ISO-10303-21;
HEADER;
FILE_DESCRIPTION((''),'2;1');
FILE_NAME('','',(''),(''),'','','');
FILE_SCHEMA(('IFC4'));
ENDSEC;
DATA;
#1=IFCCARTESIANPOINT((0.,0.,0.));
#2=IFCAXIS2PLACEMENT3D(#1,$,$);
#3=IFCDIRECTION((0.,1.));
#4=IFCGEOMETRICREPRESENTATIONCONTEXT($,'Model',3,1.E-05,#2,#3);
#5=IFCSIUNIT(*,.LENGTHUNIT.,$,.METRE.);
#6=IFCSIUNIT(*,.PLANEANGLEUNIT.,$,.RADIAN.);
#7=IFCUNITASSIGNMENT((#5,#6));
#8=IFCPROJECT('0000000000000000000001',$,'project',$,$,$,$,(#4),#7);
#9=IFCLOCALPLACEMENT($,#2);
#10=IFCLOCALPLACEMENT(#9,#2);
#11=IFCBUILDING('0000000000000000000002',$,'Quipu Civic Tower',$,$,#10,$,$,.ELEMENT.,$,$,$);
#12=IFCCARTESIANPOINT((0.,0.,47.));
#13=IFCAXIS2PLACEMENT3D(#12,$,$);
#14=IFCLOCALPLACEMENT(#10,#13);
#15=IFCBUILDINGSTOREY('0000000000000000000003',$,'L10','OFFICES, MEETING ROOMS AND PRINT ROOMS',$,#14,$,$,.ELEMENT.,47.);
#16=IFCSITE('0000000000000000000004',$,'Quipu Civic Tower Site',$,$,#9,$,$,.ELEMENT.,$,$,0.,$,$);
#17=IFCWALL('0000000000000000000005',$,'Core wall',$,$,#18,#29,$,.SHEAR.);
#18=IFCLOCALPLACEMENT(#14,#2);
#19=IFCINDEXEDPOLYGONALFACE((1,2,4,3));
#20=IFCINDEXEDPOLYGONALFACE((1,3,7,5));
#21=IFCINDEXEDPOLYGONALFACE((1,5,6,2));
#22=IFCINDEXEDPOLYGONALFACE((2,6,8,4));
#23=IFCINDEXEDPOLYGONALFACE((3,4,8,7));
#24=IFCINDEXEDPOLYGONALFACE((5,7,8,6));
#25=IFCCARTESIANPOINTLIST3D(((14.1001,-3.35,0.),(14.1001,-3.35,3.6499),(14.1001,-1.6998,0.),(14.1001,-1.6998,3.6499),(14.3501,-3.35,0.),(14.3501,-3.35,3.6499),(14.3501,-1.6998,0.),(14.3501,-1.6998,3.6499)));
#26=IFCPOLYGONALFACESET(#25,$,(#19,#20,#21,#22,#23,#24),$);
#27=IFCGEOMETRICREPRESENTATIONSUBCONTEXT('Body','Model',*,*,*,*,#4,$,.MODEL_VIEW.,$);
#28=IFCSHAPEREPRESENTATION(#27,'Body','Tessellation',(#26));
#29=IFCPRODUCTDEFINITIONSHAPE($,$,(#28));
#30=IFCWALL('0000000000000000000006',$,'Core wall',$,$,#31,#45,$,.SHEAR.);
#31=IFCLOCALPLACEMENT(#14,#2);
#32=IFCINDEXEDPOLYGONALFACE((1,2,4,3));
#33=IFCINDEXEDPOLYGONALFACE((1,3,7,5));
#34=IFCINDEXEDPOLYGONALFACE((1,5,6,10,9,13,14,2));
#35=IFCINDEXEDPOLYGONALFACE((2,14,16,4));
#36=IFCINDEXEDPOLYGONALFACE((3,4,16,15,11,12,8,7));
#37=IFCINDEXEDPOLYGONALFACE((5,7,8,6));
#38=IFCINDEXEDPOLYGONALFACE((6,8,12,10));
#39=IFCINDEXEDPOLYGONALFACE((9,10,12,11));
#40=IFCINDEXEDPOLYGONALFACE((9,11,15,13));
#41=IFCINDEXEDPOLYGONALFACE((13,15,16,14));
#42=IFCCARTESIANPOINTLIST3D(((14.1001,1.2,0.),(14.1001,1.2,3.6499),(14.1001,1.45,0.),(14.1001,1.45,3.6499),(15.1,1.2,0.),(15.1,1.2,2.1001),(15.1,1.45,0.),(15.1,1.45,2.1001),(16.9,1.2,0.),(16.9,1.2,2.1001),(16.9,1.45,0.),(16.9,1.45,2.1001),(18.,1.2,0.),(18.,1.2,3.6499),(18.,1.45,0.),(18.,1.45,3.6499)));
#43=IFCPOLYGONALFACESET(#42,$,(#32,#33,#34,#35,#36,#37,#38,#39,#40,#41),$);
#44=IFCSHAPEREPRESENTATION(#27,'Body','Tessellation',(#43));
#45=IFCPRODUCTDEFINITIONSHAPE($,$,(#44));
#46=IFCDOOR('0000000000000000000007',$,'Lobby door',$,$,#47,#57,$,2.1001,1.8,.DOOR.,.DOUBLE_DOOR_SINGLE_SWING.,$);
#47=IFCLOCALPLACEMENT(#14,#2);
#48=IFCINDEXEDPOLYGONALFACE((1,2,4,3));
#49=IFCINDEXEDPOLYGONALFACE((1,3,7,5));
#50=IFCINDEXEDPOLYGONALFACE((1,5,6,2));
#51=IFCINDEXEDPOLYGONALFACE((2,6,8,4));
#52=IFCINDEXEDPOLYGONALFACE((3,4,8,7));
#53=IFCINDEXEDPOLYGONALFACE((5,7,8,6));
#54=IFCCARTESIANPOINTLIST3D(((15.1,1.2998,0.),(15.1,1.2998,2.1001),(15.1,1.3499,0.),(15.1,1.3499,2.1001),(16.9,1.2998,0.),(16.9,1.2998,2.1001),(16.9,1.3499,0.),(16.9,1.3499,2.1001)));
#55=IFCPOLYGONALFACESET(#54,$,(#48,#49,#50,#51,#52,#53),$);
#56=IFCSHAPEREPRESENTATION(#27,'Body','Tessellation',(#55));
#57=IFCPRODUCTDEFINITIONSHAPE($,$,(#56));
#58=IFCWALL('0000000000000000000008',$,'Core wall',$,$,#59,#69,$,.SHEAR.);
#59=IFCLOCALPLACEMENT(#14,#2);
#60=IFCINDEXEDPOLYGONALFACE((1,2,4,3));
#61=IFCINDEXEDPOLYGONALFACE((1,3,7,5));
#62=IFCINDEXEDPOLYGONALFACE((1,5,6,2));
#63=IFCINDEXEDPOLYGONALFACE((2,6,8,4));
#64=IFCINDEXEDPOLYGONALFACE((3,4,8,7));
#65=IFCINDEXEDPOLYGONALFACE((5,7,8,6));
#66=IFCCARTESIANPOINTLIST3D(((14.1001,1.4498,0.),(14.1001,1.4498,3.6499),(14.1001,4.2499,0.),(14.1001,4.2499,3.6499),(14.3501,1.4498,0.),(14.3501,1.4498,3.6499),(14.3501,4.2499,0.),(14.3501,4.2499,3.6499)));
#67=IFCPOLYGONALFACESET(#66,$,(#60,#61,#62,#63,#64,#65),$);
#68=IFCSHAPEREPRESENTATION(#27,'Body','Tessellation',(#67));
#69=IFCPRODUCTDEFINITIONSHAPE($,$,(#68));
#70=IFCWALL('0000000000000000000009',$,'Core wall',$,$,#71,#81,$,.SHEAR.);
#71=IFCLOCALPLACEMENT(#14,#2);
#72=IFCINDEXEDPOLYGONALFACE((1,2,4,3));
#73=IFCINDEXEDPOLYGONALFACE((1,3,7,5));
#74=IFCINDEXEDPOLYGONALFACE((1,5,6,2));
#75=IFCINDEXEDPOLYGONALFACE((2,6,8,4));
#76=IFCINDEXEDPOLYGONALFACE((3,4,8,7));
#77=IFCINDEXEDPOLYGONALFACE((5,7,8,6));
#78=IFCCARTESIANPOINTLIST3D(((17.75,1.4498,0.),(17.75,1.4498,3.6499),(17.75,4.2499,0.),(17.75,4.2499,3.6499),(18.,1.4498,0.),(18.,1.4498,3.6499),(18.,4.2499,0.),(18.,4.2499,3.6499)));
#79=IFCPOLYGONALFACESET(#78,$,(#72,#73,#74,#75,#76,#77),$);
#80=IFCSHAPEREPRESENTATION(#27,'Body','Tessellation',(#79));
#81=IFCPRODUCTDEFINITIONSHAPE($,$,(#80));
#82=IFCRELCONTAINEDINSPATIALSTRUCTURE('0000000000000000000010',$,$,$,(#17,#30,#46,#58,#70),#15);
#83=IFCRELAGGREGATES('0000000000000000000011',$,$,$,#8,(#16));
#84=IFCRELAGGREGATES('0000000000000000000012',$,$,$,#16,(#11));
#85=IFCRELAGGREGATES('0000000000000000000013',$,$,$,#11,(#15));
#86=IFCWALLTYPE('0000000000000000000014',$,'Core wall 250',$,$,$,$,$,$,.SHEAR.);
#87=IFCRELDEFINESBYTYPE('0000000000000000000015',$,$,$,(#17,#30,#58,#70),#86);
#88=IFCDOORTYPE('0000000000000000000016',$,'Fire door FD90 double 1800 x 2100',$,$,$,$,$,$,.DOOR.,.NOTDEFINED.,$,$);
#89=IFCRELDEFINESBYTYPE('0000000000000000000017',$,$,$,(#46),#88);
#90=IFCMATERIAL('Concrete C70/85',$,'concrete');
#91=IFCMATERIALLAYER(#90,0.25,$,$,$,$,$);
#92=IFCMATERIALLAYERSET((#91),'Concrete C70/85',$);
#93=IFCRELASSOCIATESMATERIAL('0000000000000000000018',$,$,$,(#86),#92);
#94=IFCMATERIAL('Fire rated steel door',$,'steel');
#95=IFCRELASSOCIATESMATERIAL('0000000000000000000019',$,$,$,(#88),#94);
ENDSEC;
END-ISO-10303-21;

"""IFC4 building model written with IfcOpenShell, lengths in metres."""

from ifc_helpers import new_model, si_unit, direction, frame, frame_2d, origin, place, context, subcontext, project, spatial, rectangle, extrude, material, layer, layer_set, type_object, element, fill, save


model = new_model("IFC4")

# Units and contexts
model_context = context("Model", 3, precision=1e-05, world=origin(), true_north=direction((0.0, 1.0)))
body_context = subcontext(model_context, "Body", "Model", "MODEL_VIEW")
ifc_project = project(units=[si_unit("LENGTHUNIT", "METRE"), si_unit("PLANEANGLEUNIT", "RADIAN")], contexts=[model_context])

# Site, building, storey
site_placement = place(None, origin())
site = spatial("IfcSite", under=ifc_project, at=site_placement, Name="Quipu Civic Tower Site", CompositionType="ELEMENT", RefElevation=0.0)
building_placement = place(site_placement, origin())
building = spatial("IfcBuilding", under=site, at=building_placement, Name="Quipu Civic Tower", CompositionType="ELEMENT")
storey_placement = place(building_placement, frame((0.0, 0.0, 47.0)))
storey = spatial("IfcBuildingStorey", under=building, at=storey_placement, Name="L10", Description="OFFICES, MEETING ROOMS AND PRINT ROOMS", CompositionType="ELEMENT", Elevation=47.0)

# Wall
ifc_material_1 = material(Name="Concrete C70/85", Category="concrete")
ifc_layer_1 = layer(ifc_material_1, 0.25)
ifc_layer_set_1 = layer_set([ifc_layer_1], Name="Concrete C70/85")
wall_type_1 = type_object("IfcWallType", Name="Core wall 250", PredefinedType="SHEAR", material=ifc_layer_set_1)
wall_1_placement = place(storey_placement, frame((14.2251, -3.3501, 0.0), z_axis=(0.0, 0.0, 1.0), x_axis=(0.0, 1.0, 0.0)))
element("IfcWall", 1, at=wall_1_placement, inside=storey, type_object=wall_type_1, Name="Core wall", PredefinedType="SHEAR", context=body_context, shape_type="SweptSolid", body=[
    extrude(rectangle(XDim=1.6501, YDim=0.25, at=frame_2d((0.8252, 0.0))), origin(), (0.0, 0.0, 1.0), 3.6499),
])

# Wall, opening, door
wall_2_placement = place(storey_placement, frame((14.1001, 1.325, 0.0), z_axis=(0.0, 0.0, 1.0), x_axis=(1.0, 0.0, 0.0)))
wall_2 = element("IfcWall", 2, at=wall_2_placement, inside=storey, type_object=wall_type_1, Name="Core wall", PredefinedType="SHEAR", context=body_context, shape_type="SweptSolid", body=[
    extrude(rectangle(XDim=3.8999, YDim=0.25, at=frame_2d((1.95, 0.0))), origin(), (0.0, 0.0, 1.0), 3.6499),
])
opening_1_placement = place(wall_2_placement, frame((1.0, 0.0, 0.0)))
opening_1 = element("IfcOpeningElement", 3, at=opening_1_placement, cuts=wall_2, PredefinedType="OPENING", context=body_context, shape_type="SweptSolid", body=[
    extrude(rectangle(XDim=1.8, YDim=2.1001, at=frame_2d((0.8999, 1.05))), frame((0.0, 0.135, 0.0), z_axis=(0.0, -1.0, 0.0), x_axis=(1.0, 0.0, 0.0)), (0.0, 0.0, 1.0), 0.27),
])
ifc_material_2 = material(Name="Fire rated steel door", Category="steel")
door_type_1 = type_object("IfcDoorType", Name="Fire door FD90 double 1800 x 2100", OperationType="NOTDEFINED", PredefinedType="DOOR", material=ifc_material_2)
door_1_placement = place(opening_1_placement, origin())
door_1 = element("IfcDoor", 4, at=door_1_placement, inside=storey, type_object=door_type_1, Name="Lobby door", OperationType="DOUBLE_DOOR_SINGLE_SWING", OverallHeight=2.1001, OverallWidth=1.8, PredefinedType="DOOR", context=body_context, shape_type="SweptSolid", body=[
    extrude(rectangle(XDim=1.8, YDim=2.1001, at=frame_2d((0.8999, 1.05))), frame((0.0, 0.0249, 0.0), z_axis=(0.0, -1.0, 0.0), x_axis=(1.0, 0.0, 0.0)), (0.0, 0.0, 1.0), 0.05),
])
fill(opening_1, door_1)

# Walls
for number, where, z_axis, x_axis, name in (
    (5, (14.2251, 1.45, 0.0), (0.0, 0.0, 1.0), (0.0, 1.0, 0.0), "Core wall"),
    (6, (17.875, 1.45, 0.0), (0.0, 0.0, 1.0), (0.0, 1.0, 0.0), "Core wall"),
):
    element("IfcWall", number, at=place(storey_placement, frame(where, z_axis=z_axis, x_axis=x_axis)), inside=storey, type_object=wall_type_1, Name=name, PredefinedType="SHEAR", context=body_context, shape_type="SweptSolid", body=[
        extrude(rectangle(XDim=2.8, YDim=0.25, at=frame_2d((1.3999, 0.0))), origin(), (0.0, 0.0, 1.0), 3.6499),
    ])

save(model, "model.ifc")
